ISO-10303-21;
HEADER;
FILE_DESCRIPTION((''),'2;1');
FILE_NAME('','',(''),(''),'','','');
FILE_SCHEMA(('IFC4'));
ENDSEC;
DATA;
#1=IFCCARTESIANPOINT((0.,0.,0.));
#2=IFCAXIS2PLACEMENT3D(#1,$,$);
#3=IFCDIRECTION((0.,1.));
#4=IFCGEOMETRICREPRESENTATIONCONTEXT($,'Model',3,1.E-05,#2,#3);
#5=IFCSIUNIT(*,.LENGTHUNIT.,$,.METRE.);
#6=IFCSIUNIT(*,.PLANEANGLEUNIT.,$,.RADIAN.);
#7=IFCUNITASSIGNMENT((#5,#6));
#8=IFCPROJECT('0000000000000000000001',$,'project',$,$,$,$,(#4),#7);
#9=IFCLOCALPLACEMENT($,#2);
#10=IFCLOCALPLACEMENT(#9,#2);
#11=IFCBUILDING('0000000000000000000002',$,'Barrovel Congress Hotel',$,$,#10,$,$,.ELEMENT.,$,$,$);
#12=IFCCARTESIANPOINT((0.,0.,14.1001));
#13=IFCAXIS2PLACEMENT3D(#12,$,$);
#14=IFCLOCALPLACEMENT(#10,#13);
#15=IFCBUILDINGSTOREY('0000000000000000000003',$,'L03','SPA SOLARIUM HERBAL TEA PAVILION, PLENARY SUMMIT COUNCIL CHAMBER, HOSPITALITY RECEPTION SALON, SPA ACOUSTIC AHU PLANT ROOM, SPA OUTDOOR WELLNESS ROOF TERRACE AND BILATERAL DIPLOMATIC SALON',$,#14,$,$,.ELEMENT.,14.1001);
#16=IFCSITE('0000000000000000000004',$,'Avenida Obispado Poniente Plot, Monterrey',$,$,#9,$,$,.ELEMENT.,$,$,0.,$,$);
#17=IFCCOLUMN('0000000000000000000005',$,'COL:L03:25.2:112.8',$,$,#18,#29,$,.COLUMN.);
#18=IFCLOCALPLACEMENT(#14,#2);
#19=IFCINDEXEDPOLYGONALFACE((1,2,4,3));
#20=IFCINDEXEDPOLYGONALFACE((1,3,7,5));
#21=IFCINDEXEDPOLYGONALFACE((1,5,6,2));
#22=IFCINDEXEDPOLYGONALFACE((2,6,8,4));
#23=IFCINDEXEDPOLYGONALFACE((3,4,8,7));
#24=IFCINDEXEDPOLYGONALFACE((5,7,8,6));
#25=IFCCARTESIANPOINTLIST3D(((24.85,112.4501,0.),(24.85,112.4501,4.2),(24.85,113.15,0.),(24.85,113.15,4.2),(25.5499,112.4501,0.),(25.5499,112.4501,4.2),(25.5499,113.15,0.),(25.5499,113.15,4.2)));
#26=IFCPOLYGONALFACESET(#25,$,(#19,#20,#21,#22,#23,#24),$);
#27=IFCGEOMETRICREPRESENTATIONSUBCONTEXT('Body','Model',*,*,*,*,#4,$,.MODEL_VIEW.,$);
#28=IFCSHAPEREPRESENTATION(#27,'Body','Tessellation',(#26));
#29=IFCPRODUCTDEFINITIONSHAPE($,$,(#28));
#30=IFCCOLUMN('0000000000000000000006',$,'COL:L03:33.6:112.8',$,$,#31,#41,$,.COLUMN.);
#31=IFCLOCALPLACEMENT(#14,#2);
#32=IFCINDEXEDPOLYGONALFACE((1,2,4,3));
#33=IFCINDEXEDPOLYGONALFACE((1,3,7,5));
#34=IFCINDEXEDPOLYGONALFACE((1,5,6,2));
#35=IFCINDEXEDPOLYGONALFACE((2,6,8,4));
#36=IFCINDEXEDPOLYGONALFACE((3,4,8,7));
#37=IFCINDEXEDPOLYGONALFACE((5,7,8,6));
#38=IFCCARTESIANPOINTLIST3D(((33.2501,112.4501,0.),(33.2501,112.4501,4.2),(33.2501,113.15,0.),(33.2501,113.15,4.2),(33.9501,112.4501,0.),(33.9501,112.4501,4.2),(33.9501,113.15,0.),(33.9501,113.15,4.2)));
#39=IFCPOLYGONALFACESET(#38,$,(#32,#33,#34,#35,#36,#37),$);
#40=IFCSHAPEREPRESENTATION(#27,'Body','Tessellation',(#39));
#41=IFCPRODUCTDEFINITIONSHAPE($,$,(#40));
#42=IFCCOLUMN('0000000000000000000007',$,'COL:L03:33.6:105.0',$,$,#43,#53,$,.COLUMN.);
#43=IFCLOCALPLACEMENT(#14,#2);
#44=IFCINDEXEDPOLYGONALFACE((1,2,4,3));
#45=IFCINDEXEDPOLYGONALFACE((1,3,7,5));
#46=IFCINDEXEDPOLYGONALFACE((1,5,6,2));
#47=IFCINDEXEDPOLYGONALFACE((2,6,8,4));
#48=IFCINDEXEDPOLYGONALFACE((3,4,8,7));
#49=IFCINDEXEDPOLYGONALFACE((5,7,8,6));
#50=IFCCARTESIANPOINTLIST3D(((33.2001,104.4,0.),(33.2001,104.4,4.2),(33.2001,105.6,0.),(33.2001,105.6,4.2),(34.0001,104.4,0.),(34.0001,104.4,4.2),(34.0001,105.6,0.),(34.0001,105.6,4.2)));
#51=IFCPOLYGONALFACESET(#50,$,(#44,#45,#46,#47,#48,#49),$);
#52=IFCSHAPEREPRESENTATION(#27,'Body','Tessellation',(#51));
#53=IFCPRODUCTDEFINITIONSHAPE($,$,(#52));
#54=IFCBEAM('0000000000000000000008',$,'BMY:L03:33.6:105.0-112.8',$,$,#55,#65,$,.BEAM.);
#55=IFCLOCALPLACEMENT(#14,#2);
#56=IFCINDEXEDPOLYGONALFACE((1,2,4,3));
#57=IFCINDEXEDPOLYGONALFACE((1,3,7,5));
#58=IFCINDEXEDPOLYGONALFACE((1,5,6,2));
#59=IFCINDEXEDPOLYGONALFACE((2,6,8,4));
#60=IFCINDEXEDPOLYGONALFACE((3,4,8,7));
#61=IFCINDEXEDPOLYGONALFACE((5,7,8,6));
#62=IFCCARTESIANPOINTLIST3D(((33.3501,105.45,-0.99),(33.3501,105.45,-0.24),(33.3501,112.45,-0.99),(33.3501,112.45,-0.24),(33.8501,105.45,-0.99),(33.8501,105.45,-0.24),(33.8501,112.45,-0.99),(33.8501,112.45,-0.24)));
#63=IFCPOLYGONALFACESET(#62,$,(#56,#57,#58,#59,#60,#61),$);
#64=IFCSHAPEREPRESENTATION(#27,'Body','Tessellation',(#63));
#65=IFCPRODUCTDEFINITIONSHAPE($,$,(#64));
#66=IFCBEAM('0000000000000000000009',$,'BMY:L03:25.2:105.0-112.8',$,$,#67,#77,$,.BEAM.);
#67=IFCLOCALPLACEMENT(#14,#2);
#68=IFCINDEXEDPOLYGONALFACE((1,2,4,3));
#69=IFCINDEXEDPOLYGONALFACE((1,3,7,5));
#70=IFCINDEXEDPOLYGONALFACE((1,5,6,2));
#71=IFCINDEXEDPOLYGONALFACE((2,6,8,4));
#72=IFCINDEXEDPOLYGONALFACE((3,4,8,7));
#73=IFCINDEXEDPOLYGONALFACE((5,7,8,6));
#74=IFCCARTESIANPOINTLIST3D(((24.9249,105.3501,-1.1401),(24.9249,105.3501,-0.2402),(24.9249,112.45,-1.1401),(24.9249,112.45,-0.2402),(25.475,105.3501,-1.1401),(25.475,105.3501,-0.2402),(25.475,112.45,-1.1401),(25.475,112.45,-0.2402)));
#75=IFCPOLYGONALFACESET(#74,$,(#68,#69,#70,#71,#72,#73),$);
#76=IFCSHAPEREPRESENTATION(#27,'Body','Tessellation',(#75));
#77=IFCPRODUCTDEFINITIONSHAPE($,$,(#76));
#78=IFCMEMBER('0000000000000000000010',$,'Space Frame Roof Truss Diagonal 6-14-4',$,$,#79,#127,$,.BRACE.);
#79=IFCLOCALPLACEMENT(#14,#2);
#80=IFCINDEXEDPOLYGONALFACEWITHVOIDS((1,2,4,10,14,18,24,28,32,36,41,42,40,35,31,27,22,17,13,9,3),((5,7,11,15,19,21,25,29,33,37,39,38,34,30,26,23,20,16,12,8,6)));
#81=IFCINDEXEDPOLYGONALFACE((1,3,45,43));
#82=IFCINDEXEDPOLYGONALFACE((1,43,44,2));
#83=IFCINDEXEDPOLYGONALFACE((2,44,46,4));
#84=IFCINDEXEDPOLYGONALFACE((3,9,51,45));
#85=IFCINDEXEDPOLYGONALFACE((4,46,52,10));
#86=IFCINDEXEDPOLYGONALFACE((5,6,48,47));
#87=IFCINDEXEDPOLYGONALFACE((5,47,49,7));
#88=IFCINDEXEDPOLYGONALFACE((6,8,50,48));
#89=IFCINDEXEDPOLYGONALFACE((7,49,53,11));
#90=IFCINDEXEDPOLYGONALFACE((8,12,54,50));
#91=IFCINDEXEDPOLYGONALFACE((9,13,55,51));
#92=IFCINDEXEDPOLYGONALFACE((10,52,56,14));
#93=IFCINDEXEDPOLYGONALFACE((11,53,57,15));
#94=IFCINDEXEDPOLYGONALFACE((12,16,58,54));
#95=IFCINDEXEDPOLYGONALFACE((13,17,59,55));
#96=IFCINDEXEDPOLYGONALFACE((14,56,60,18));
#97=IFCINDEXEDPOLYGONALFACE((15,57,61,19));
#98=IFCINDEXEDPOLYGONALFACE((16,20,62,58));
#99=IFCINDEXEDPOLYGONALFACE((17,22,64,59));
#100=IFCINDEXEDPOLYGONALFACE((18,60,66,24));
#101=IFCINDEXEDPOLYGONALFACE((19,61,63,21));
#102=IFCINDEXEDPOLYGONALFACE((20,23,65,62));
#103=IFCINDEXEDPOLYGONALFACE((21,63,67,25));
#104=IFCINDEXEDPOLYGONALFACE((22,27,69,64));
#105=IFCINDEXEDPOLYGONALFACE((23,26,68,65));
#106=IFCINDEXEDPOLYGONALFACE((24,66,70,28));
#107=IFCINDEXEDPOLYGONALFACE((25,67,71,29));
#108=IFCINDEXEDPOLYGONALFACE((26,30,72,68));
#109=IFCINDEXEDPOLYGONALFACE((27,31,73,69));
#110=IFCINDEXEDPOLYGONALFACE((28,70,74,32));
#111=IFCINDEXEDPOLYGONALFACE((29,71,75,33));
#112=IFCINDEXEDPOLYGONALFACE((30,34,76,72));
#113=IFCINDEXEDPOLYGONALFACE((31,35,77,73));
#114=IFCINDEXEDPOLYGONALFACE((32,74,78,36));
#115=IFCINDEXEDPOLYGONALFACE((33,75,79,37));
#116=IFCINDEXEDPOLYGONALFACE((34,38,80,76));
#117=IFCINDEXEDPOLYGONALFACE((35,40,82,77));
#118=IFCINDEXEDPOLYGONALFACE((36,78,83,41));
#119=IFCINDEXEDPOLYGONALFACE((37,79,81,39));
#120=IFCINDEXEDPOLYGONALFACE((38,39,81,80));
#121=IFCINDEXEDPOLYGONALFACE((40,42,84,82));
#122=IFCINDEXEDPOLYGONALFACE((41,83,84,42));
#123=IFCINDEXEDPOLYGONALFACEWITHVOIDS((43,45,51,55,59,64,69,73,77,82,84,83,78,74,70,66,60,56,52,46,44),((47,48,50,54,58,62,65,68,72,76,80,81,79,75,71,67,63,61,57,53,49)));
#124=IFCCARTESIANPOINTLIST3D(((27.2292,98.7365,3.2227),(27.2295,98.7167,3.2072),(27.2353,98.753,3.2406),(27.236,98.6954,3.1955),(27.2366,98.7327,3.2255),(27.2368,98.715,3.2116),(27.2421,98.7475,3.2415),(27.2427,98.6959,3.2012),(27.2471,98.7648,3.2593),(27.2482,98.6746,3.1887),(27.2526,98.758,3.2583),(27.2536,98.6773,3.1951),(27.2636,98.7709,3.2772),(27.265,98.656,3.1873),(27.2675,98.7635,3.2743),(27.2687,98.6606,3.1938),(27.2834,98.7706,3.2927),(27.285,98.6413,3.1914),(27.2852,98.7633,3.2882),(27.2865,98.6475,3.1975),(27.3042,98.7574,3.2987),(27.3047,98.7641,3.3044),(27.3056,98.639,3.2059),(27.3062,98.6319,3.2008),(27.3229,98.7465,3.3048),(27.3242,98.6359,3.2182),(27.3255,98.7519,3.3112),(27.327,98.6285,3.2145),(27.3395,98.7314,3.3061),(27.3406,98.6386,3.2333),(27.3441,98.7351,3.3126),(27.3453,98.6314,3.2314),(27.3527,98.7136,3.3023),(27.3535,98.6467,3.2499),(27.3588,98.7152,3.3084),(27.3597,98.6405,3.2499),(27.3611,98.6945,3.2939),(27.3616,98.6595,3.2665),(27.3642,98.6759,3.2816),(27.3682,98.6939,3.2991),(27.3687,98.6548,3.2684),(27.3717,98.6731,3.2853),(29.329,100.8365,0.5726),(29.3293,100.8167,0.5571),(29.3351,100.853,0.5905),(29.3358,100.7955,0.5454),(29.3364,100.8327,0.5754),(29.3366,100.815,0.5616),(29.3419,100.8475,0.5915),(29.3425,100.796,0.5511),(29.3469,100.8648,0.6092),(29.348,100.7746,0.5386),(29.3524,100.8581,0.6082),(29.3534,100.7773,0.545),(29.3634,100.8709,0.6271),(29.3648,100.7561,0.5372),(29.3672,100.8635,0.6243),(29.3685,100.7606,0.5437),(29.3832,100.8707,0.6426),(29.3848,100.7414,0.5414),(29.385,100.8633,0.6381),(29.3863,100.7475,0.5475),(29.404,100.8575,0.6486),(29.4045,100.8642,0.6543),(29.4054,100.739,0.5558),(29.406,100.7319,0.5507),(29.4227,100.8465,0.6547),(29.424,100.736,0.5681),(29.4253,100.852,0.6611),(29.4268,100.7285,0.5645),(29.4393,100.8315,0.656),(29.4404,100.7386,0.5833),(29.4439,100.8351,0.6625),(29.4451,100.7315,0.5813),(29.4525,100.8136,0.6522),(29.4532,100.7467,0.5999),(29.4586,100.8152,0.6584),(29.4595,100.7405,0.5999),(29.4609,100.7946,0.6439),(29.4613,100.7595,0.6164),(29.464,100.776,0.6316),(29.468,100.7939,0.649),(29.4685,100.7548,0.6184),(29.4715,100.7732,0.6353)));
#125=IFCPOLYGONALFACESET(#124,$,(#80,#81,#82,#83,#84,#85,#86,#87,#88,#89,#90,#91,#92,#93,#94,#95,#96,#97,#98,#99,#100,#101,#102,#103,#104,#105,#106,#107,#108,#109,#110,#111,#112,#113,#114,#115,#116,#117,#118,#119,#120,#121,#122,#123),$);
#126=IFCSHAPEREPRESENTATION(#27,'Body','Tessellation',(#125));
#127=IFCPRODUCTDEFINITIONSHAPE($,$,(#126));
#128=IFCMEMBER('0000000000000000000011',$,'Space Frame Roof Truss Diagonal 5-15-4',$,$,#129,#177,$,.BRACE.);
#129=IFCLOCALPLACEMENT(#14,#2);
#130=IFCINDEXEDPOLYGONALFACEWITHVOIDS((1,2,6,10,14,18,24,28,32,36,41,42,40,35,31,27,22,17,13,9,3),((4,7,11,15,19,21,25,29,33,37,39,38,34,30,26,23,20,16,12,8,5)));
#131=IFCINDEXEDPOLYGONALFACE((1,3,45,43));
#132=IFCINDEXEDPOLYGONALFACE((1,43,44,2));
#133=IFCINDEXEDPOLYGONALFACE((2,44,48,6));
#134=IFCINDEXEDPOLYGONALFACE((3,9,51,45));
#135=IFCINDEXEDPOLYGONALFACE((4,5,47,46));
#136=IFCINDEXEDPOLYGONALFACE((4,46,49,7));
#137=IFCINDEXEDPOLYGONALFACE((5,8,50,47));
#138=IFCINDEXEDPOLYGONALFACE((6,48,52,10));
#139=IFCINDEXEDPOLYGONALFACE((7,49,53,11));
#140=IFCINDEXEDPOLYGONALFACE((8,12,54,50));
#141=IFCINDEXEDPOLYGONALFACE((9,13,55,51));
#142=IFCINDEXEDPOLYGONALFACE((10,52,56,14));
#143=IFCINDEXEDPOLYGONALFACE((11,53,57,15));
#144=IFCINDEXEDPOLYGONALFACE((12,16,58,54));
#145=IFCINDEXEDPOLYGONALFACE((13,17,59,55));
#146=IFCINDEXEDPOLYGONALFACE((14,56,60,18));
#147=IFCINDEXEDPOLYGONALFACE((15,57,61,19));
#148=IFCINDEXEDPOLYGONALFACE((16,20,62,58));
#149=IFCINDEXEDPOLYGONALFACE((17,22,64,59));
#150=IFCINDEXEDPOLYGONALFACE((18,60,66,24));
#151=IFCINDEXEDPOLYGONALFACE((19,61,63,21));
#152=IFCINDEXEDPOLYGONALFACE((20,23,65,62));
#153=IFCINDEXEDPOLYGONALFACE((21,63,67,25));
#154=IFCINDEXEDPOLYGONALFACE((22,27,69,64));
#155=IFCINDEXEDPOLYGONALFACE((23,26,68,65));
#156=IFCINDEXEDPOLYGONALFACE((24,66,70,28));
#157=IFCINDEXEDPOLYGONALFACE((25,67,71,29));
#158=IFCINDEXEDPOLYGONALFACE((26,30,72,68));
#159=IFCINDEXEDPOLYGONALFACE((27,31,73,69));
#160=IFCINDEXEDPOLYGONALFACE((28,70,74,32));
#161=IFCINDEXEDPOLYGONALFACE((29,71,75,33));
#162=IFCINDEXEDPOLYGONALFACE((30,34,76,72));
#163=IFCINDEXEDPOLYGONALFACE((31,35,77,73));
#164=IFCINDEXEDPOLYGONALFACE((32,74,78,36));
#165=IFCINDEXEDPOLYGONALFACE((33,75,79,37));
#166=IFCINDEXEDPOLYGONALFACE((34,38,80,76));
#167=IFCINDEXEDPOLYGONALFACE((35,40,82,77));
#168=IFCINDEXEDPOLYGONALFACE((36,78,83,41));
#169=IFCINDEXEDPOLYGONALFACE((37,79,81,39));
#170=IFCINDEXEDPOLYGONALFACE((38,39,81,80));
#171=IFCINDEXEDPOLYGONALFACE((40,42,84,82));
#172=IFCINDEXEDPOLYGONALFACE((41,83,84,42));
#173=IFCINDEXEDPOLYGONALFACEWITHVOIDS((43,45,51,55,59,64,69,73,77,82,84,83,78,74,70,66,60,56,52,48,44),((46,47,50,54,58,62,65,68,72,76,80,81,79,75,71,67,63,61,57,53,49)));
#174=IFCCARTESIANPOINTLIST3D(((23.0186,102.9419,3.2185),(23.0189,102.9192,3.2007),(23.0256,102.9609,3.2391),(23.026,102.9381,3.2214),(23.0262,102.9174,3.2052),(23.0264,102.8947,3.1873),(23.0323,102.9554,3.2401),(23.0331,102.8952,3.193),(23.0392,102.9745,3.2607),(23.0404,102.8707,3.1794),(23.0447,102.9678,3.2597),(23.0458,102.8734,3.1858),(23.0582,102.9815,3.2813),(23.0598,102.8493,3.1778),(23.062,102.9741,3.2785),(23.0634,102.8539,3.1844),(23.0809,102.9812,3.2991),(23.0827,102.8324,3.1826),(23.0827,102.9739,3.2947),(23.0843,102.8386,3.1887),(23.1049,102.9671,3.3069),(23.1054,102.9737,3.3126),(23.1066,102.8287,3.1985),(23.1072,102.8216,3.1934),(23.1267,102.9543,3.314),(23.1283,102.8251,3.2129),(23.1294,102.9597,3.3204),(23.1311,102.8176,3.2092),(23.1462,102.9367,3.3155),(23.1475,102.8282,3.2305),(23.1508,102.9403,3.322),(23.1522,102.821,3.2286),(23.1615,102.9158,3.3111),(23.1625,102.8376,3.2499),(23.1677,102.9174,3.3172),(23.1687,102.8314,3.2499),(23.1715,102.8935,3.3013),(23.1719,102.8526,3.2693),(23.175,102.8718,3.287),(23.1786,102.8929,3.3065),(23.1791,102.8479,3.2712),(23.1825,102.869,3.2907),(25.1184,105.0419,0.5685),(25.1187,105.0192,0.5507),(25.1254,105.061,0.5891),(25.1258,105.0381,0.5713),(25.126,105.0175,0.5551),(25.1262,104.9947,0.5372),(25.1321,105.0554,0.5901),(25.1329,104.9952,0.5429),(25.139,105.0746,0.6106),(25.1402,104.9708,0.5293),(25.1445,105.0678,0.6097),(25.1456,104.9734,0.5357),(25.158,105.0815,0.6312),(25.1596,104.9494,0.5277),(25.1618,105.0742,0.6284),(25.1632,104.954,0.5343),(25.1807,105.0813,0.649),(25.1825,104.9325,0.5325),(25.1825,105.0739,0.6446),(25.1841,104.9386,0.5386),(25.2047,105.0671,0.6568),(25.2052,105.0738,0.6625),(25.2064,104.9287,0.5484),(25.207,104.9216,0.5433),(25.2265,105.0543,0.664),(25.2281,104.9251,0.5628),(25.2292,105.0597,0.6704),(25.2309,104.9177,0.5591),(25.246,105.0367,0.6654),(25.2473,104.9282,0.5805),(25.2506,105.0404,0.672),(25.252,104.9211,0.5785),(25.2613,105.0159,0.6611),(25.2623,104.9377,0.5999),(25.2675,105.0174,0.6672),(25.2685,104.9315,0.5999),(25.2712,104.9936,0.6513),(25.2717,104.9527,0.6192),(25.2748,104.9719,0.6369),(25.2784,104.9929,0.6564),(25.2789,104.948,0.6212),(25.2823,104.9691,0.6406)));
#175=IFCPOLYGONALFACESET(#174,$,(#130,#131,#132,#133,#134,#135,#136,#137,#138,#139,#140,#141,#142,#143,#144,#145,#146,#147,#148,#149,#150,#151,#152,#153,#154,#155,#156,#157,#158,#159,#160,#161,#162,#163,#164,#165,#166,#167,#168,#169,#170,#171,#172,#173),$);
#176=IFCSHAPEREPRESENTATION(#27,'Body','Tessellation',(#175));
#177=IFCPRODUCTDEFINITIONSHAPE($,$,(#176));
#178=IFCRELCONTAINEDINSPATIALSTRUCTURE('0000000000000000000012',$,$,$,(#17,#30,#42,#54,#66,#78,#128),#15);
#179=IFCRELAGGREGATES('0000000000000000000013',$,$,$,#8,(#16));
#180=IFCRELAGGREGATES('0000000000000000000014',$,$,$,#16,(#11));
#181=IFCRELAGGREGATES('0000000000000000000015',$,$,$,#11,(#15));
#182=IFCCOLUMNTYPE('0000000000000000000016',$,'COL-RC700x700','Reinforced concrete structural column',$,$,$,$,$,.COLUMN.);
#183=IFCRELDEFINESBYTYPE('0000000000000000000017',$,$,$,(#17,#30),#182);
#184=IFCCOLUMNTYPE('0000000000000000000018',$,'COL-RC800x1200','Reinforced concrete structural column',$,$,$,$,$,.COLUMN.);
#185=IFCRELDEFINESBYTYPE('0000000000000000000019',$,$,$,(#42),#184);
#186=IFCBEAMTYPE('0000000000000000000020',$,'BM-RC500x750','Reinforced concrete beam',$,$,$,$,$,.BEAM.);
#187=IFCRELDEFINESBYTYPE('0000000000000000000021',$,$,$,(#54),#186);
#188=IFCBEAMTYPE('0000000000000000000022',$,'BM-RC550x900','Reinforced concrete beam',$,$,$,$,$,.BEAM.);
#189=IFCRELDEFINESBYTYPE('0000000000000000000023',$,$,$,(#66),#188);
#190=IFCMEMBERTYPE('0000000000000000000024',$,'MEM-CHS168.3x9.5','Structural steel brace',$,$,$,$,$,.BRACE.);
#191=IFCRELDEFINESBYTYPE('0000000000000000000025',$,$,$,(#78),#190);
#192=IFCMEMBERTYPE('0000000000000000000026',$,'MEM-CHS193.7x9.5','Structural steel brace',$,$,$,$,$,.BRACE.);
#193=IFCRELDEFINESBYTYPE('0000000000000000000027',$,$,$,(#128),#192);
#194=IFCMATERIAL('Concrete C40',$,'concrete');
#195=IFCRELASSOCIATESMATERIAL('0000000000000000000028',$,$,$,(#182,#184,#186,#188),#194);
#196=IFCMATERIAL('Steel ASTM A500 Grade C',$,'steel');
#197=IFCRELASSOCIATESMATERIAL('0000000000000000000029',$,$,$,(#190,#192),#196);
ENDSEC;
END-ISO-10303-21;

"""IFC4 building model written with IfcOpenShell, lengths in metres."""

from ifc_helpers import new_model, si_unit, direction, frame, origin, origin_2d, place, context, subcontext, project, spatial, rectangle, hollow_circle, extrude, material, material_profile, profile_set, type_object, element, save


model = new_model("IFC4")

# Units and contexts
model_context = context("Model", 3, precision=1e-05, world=origin(), true_north=direction((0.0, 1.0)))
body_context = subcontext(model_context, "Body", "Model", "MODEL_VIEW")
ifc_project = project(units=[si_unit("LENGTHUNIT", "METRE"), si_unit("PLANEANGLEUNIT", "RADIAN")], contexts=[model_context])

# Site, building, storey
site_placement = place(None, origin())
site = spatial("IfcSite", under=ifc_project, at=site_placement, Name="Avenida Obispado Poniente Plot, Monterrey", CompositionType="ELEMENT", RefElevation=0.0)
building_placement = place(site_placement, origin())
building = spatial("IfcBuilding", under=site, at=building_placement, Name="Barrovel Congress Hotel", CompositionType="ELEMENT")
storey_placement = place(building_placement, frame((0.0, 0.0, 14.1001)))
storey = spatial("IfcBuildingStorey", under=building, at=storey_placement, Name="L03", Description="SPA SOLARIUM HERBAL TEA PAVILION, PLENARY SUMMIT COUNCIL CHAMBER, HOSPITALITY RECEPTION SALON, SPA ACOUSTIC AHU PLANT ROOM, SPA OUTDOOR WELLNESS ROOF TERRACE AND BILATERAL DIPLOMATIC SALON", CompositionType="ELEMENT", Elevation=14.1001)

# Columns
ifc_material_1 = material(Name="Concrete C40", Category="concrete")
ifc_material_profile_1 = material_profile(ifc_material_1, rectangle(XDim=0.7, YDim=0.7, at=origin_2d()), Name="RC700x700")
ifc_profile_set_1 = profile_set([ifc_material_profile_1], Name="Concrete C40")
column_type_1 = type_object("IfcColumnType", Name="COL-RC700x700", Description="Reinforced concrete structural column", PredefinedType="COLUMN", material=ifc_profile_set_1)
for number, where, z_axis, x_axis, name in (
    (1, (25.2, 112.8, 0.0), (0.0, 0.0, 1.0), (1.0, 0.0, 0.0), "COL:L03:25.2:112.8"),
    (2, (33.6001, 112.8, 0.0), (0.0, 0.0, 1.0), (1.0, 0.0, 0.0), "COL:L03:33.6:112.8"),
):
    element("IfcColumn", number, at=place(storey_placement, frame(where, z_axis=z_axis, x_axis=x_axis)), inside=storey, type_object=column_type_1, Name=name, PredefinedType="COLUMN", context=body_context, shape_type="SweptSolid", body=[
        extrude(rectangle(XDim=0.7, YDim=0.7, at=origin_2d()), origin(), (0.0, 0.0, 1.0), 4.2),
    ])
ifc_material_profile_2 = material_profile(ifc_material_1, rectangle(XDim=0.8, YDim=1.2, at=origin_2d()), Name="RC800x1200")
ifc_profile_set_2 = profile_set([ifc_material_profile_2], Name="Concrete C40")
column_type_2 = type_object("IfcColumnType", Name="COL-RC800x1200", Description="Reinforced concrete structural column", PredefinedType="COLUMN", material=ifc_profile_set_2)
column_placement = place(storey_placement, frame((33.6001, 105.0, 0.0), z_axis=(0.0, 0.0, 1.0), x_axis=(1.0, 0.0, 0.0)))
element("IfcColumn", 3, at=column_placement, inside=storey, type_object=column_type_2, Name="COL:L03:33.6:105.0", PredefinedType="COLUMN", context=body_context, shape_type="SweptSolid", body=[
    extrude(rectangle(XDim=0.8, YDim=1.2, at=origin_2d()), origin(), (0.0, 0.0, 1.0), 4.2),
])

# Beams
ifc_material_profile_3 = material_profile(ifc_material_1, rectangle(XDim=0.5, YDim=0.75, at=origin_2d()), Name="RC500x750")
ifc_profile_set_3 = profile_set([ifc_material_profile_3], Name="Concrete C40")
beam_type_1 = type_object("IfcBeamType", Name="BM-RC500x750", Description="Reinforced concrete beam", PredefinedType="BEAM", material=ifc_profile_set_3)
beam_1_placement = place(storey_placement, frame((33.6001, 105.45, -0.615), z_axis=(0.0, 1.0, 0.0), x_axis=(-1.0, 0.0, 0.0)))
element("IfcBeam", 4, at=beam_1_placement, inside=storey, type_object=beam_type_1, Name="BMY:L03:33.6:105.0-112.8", PredefinedType="BEAM", context=body_context, shape_type="SweptSolid", body=[
    extrude(rectangle(XDim=0.5, YDim=0.75, at=origin_2d()), origin(), (0.0, 0.0, 1.0), 7.0),
])
ifc_material_profile_4 = material_profile(ifc_material_1, rectangle(XDim=0.55, YDim=0.8999, at=origin_2d()), Name="RC550x900")
ifc_profile_set_4 = profile_set([ifc_material_profile_4], Name="Concrete C40")
beam_type_2 = type_object("IfcBeamType", Name="BM-RC550x900", Description="Reinforced concrete beam", PredefinedType="BEAM", material=ifc_profile_set_4)
beam_2_placement = place(storey_placement, frame((25.2, 105.3501, -0.6902), z_axis=(0.0, 1.0, 0.0), x_axis=(-1.0, 0.0, 0.0)))
element("IfcBeam", 5, at=beam_2_placement, inside=storey, type_object=beam_type_2, Name="BMY:L03:25.2:105.0-112.8", PredefinedType="BEAM", context=body_context, shape_type="SweptSolid", body=[
    extrude(rectangle(XDim=0.55, YDim=0.8999, at=origin_2d()), origin(), (0.0, 0.0, 1.0), 7.0999),
])

# Members
ifc_material_2 = material(Name="Steel ASTM A500 Grade C", Category="steel")
ifc_material_profile_5 = material_profile(ifc_material_2, hollow_circle(Radius=0.0842, WallThickness=0.0088, at=origin_2d()), Name="CHS168.3x9.5")
ifc_profile_set_5 = profile_set([ifc_material_profile_5], Name="Steel ASTM A500 Grade C")
member_type_1 = type_object("IfcMemberType", Name="MEM-CHS168.3x9.5", Description="Structural steel brace", PredefinedType="BRACE", material=ifc_profile_set_5)
member_1_placement = place(storey_placement, frame((29.3999, 100.8, 0.5999), z_axis=(-0.527557, -0.527618, 0.66581), x_axis=(0.707148, -0.707066, 0.0)))
element("IfcMember", 6, at=member_1_placement, inside=storey, type_object=member_type_1, Name="Space Frame Roof Truss Diagonal 6-14-4", PredefinedType="BRACE", context=body_context, shape_type="SweptSolid", body=[
    extrude(hollow_circle(Radius=0.0842, WallThickness=0.0088, at=origin_2d()), origin(), (0.0, 0.0, 1.0), 3.9802),
])
ifc_material_profile_6 = material_profile(ifc_material_2, hollow_circle(Radius=0.0969, WallThickness=0.0088, at=origin_2d()), Name="CHS193.7x9.5")
ifc_profile_set_6 = profile_set([ifc_material_profile_6], Name="Steel ASTM A500 Grade C")
member_type_2 = type_object("IfcMemberType", Name="MEM-CHS193.7x9.5", Description="Structural steel brace", PredefinedType="BRACE", material=ifc_profile_set_6)
for number, where, z_axis, x_axis, name in (
    (7, (25.2, 105.0, 0.5999), (-0.527557, -0.527618, 0.66581), (0.707148, -0.707066, 0.0), "Space Frame Roof Truss Diagonal 5-15-4"),
):
    element("IfcMember", number, at=place(storey_placement, frame(where, z_axis=z_axis, x_axis=x_axis)), inside=storey, type_object=member_type_2, Name=name, PredefinedType="BRACE", context=body_context, shape_type="SweptSolid", body=[
        extrude(hollow_circle(Radius=0.0969, WallThickness=0.0088, at=origin_2d()), origin(), (0.0, 0.0, 1.0), 3.9802),
    ])

save(model, "model.ifc")
